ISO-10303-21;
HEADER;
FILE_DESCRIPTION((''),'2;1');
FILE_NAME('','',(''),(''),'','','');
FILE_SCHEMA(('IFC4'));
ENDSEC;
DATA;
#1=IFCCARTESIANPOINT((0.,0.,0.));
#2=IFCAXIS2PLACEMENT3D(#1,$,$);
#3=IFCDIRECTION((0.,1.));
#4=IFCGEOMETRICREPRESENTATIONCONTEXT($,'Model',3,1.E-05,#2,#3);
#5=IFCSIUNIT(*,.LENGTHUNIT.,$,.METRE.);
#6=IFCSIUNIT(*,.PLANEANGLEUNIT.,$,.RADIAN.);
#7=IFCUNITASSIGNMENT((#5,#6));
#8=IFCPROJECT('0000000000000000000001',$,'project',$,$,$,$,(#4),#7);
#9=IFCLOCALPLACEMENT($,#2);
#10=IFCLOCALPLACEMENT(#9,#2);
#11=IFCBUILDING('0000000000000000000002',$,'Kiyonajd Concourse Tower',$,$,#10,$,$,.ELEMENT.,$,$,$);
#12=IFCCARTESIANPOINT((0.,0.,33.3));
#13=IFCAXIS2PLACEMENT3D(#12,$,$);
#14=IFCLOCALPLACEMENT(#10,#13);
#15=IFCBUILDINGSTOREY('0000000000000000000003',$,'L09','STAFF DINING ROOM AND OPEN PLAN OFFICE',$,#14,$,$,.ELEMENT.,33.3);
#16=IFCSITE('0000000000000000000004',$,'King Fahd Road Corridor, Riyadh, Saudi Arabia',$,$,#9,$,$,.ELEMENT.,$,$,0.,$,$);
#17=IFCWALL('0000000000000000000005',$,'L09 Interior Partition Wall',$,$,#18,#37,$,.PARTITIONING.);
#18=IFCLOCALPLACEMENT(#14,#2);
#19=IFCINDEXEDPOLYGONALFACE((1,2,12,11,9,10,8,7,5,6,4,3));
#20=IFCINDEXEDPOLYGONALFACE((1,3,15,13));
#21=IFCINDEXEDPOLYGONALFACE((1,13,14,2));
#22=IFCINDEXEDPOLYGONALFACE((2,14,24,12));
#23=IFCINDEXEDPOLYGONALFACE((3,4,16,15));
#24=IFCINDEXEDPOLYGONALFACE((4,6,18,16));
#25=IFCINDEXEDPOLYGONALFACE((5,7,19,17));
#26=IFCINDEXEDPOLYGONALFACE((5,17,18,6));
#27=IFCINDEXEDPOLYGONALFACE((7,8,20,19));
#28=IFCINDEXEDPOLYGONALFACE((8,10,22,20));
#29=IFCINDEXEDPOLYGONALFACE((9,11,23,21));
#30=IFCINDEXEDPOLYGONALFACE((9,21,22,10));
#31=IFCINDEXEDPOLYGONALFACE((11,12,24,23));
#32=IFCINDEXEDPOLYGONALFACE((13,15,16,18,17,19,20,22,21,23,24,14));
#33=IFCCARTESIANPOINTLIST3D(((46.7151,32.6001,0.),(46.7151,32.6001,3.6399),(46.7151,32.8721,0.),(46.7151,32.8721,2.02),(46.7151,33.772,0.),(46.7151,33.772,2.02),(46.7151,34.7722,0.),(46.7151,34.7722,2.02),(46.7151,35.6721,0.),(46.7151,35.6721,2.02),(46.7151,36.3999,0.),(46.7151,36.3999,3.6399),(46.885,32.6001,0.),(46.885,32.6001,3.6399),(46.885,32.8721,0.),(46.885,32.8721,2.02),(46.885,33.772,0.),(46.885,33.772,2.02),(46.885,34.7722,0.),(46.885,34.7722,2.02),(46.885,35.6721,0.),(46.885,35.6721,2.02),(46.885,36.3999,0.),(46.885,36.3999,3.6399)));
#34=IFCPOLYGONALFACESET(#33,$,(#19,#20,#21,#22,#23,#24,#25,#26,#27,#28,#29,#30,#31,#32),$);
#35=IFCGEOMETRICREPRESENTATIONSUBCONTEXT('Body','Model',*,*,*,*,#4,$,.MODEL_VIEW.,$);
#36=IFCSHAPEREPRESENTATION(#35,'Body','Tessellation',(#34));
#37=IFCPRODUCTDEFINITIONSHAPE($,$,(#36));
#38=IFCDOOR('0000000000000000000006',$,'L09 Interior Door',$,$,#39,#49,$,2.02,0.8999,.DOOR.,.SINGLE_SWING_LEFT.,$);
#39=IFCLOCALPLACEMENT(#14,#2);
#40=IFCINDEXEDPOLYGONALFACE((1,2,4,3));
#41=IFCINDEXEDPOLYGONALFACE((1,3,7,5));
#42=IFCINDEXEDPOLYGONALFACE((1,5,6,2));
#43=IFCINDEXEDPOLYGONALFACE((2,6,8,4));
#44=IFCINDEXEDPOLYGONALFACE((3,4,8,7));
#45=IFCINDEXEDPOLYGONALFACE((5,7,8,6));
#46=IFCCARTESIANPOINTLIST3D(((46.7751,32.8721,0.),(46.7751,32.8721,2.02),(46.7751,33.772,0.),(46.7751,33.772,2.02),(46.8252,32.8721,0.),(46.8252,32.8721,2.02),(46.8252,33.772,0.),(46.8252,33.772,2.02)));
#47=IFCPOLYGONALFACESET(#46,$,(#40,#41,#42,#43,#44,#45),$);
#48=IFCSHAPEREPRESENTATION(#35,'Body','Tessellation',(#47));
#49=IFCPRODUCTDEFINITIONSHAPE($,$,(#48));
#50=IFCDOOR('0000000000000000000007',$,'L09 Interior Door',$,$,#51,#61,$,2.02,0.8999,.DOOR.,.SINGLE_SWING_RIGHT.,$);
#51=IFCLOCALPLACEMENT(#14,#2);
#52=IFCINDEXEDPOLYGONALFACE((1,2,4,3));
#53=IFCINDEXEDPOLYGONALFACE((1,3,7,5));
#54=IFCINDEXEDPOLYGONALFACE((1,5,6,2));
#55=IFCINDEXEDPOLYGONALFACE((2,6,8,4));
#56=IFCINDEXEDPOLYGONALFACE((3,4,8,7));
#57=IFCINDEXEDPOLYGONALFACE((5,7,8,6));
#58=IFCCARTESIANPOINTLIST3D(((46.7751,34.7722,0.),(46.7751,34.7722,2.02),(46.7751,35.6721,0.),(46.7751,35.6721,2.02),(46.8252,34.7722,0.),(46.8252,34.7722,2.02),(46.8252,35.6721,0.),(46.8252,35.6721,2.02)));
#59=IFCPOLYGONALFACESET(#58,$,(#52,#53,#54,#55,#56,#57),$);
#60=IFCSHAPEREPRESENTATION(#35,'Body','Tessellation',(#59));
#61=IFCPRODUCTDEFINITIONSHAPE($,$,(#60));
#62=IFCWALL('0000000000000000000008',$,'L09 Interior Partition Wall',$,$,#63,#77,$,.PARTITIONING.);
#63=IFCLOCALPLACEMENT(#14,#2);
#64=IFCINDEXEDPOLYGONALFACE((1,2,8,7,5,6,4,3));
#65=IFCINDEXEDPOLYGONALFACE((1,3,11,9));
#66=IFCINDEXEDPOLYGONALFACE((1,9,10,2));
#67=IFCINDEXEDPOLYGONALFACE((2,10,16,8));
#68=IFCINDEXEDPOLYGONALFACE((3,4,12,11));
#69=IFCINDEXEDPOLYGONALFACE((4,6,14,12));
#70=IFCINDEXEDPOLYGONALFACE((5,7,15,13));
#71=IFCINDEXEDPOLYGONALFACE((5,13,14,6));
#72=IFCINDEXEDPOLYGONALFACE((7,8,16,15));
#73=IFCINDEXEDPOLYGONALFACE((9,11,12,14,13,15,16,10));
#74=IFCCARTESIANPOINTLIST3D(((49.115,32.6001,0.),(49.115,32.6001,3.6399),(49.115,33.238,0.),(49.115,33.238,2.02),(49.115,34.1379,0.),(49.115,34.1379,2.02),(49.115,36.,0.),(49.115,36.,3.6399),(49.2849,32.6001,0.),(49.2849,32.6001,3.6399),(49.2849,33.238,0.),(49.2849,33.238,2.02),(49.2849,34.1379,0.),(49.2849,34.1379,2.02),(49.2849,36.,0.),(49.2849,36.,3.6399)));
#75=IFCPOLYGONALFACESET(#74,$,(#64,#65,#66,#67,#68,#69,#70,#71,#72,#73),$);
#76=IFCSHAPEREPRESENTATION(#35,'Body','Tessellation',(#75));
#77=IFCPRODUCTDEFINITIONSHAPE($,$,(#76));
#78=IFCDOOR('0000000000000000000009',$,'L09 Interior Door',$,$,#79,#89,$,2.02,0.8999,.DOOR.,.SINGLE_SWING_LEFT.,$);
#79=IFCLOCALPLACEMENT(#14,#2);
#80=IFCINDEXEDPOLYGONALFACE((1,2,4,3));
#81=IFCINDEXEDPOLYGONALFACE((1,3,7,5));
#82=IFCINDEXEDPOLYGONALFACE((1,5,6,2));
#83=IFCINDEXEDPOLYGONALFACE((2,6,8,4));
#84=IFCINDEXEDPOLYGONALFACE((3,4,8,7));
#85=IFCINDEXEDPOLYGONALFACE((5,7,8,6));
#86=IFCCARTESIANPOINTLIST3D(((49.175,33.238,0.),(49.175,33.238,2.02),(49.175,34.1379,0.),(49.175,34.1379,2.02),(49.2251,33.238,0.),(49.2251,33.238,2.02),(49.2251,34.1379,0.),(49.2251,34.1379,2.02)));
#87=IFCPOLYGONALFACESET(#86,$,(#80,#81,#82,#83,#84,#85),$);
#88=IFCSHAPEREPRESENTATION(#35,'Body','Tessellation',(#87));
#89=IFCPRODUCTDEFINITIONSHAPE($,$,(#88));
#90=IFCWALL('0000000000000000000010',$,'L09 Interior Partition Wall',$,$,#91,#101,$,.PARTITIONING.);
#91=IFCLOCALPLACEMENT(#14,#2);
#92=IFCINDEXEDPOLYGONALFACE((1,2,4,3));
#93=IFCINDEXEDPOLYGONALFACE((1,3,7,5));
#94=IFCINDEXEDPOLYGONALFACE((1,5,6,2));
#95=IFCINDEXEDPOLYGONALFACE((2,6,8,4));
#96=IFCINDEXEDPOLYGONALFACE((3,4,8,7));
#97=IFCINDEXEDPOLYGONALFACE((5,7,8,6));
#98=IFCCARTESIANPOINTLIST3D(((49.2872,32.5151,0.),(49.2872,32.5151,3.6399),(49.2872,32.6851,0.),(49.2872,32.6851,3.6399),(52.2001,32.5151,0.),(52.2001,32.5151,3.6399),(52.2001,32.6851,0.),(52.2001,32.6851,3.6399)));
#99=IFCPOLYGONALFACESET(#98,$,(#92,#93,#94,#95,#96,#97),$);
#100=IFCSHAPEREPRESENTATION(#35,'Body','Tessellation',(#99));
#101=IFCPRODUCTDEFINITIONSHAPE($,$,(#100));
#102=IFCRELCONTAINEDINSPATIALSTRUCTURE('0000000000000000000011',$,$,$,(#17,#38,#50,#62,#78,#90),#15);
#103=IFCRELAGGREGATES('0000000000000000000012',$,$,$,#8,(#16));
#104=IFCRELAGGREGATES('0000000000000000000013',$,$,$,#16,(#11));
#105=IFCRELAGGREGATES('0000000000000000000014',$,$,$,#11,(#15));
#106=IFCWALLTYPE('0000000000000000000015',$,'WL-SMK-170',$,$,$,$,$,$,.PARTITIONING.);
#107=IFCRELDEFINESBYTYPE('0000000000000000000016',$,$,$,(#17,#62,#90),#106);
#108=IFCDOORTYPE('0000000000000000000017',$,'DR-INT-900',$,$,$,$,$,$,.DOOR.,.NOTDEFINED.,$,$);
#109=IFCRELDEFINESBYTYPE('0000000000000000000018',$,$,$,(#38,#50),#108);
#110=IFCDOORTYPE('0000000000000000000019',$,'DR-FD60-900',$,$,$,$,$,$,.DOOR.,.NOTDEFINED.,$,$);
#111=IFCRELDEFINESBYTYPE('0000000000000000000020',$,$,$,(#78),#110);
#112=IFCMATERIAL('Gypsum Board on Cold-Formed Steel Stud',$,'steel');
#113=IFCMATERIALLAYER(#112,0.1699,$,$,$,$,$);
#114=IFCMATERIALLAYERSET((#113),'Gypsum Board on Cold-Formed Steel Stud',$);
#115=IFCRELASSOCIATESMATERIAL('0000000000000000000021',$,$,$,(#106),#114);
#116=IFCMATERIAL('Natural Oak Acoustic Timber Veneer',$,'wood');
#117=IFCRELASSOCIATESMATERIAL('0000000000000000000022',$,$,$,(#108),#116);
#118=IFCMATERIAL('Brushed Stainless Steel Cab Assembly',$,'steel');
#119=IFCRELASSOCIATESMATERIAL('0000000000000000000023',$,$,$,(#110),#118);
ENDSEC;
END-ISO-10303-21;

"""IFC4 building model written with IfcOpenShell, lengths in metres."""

from ifc_helpers import new_model, si_unit, direction, frame, frame_2d, origin, place, context, subcontext, project, spatial, rectangle, extrude, material, layer, layer_set, type_object, element, fill, save


model = new_model("IFC4")

# Units and contexts
model_context = context("Model", 3, precision=1e-05, world=origin(), true_north=direction((0.0, 1.0)))
body_context = subcontext(model_context, "Body", "Model", "MODEL_VIEW")
ifc_project = project(units=[si_unit("LENGTHUNIT", "METRE"), si_unit("PLANEANGLEUNIT", "RADIAN")], contexts=[model_context])

# Site, building, storey
site_placement = place(None, origin())
site = spatial("IfcSite", under=ifc_project, at=site_placement, Name="King Fahd Road Corridor, Riyadh, Saudi Arabia", CompositionType="ELEMENT", RefElevation=0.0)
building_placement = place(site_placement, origin())
building = spatial("IfcBuilding", under=site, at=building_placement, Name="Kiyonajd Concourse Tower", CompositionType="ELEMENT")
storey_placement = place(building_placement, frame((0.0, 0.0, 33.3)))
storey = spatial("IfcBuildingStorey", under=building, at=storey_placement, Name="L09", Description="STAFF DINING ROOM AND OPEN PLAN OFFICE", CompositionType="ELEMENT", Elevation=33.3)

# Shared definitions
ifc_material_1 = material(Name="Gypsum Board on Cold-Formed Steel Stud", Category="steel")

# Shared definitions
ifc_material_2 = material(Name="Brushed Stainless Steel Cab Assembly", Category="steel")

# Wall, openings, doors
ifc_layer_1 = layer(ifc_material_1, 0.1699)
ifc_layer_set_1 = layer_set([ifc_layer_1], Name="Gypsum Board on Cold-Formed Steel Stud")
wall_type_1 = type_object("IfcWallType", Name="WL-SMK-170", PredefinedType="PARTITIONING", material=ifc_layer_set_1)
wall_1_placement = place(storey_placement, frame((46.8, 32.6001, 0.0), z_axis=(0.0, 0.0, 1.0), x_axis=(0.0, 1.0, 0.0)))
wall_1 = element("IfcWall", 1, at=wall_1_placement, inside=storey, type_object=wall_type_1, Name="L09 Interior Partition Wall", PredefinedType="PARTITIONING", context=body_context, shape_type="SweptSolid", body=[
    extrude(rectangle(XDim=3.7998, YDim=0.1699, at=frame_2d((1.8999, 0.0))), origin(), (0.0, 0.0, 1.0), 3.6399),
])
opening_1_placement = place(wall_1_placement, frame((0.272, 0.0, 0.0)))
opening_1 = element("IfcOpeningElement", 2, at=opening_1_placement, cuts=wall_1, PredefinedType="OPENING", context=body_context, shape_type="SweptSolid", body=[
    extrude(rectangle(XDim=0.8999, YDim=2.02, at=frame_2d((0.45, 1.01))), frame((0.0, 0.095, 0.0), z_axis=(0.0, -1.0, 0.0), x_axis=(1.0, 0.0, 0.0)), (0.0, 0.0, 1.0), 0.1899),
])
opening_2_placement = place(wall_1_placement, frame((2.1721, 0.0, 0.0)))
opening_2 = element("IfcOpeningElement", 3, at=opening_2_placement, cuts=wall_1, PredefinedType="OPENING", context=body_context, shape_type="SweptSolid", body=[
    extrude(rectangle(XDim=0.8999, YDim=2.02, at=frame_2d((0.45, 1.01))), frame((0.0, 0.095, 0.0), z_axis=(0.0, -1.0, 0.0), x_axis=(1.0, 0.0, 0.0)), (0.0, 0.0, 1.0), 0.1899),
])
ifc_material_3 = material(Name="Natural Oak Acoustic Timber Veneer", Category="wood")
door_type_1 = type_object("IfcDoorType", Name="DR-INT-900", OperationType="NOTDEFINED", PredefinedType="DOOR", material=ifc_material_3)
door_1_placement = place(opening_1_placement, origin())
door_1 = element("IfcDoor", 4, at=door_1_placement, inside=storey, type_object=door_type_1, Name="L09 Interior Door", OperationType="SINGLE_SWING_LEFT", OverallHeight=2.02, OverallWidth=0.8999, PredefinedType="DOOR", context=body_context, shape_type="SweptSolid", body=[
    extrude(rectangle(XDim=0.8999, YDim=2.02, at=frame_2d((0.45, 1.01))), frame((0.0, 0.0249, 0.0), z_axis=(0.0, -1.0, 0.0), x_axis=(1.0, 0.0, 0.0)), (0.0, 0.0, 1.0), 0.05),
])
fill(opening_1, door_1)
door_2_placement = place(opening_2_placement, origin())
door_2 = element("IfcDoor", 5, at=door_2_placement, inside=storey, type_object=door_type_1, Name="L09 Interior Door", OperationType="SINGLE_SWING_RIGHT", OverallHeight=2.02, OverallWidth=0.8999, PredefinedType="DOOR", context=body_context, shape_type="SweptSolid", body=[
    extrude(rectangle(XDim=0.8999, YDim=2.02, at=frame_2d((0.45, 1.01))), frame((0.0, 0.0249, 0.0), z_axis=(0.0, -1.0, 0.0), x_axis=(1.0, 0.0, 0.0)), (0.0, 0.0, 1.0), 0.05),
])
fill(opening_2, door_2)

# Wall, opening, door
wall_2_placement = place(storey_placement, frame((49.2, 32.6001, 0.0), z_axis=(0.0, 0.0, 1.0), x_axis=(0.0, 1.0, 0.0)))
wall_2 = element("IfcWall", 6, at=wall_2_placement, inside=storey, type_object=wall_type_1, Name="L09 Interior Partition Wall", PredefinedType="PARTITIONING", context=body_context, shape_type="SweptSolid", body=[
    extrude(rectangle(XDim=3.3999, YDim=0.1699, at=frame_2d((1.7, 0.0))), origin(), (0.0, 0.0, 1.0), 3.6399),
])
opening_3_placement = place(wall_2_placement, frame((0.6379, 0.0, 0.0)))
opening_3 = element("IfcOpeningElement", 7, at=opening_3_placement, cuts=wall_2, PredefinedType="OPENING", context=body_context, shape_type="SweptSolid", body=[
    extrude(rectangle(XDim=0.8999, YDim=2.02, at=frame_2d((0.45, 1.01))), frame((0.0, 0.095, 0.0), z_axis=(0.0, -1.0, 0.0), x_axis=(1.0, 0.0, 0.0)), (0.0, 0.0, 1.0), 0.1899),
])
door_type_2 = type_object("IfcDoorType", Name="DR-FD60-900", OperationType="NOTDEFINED", PredefinedType="DOOR", material=ifc_material_2)
door_3_placement = place(opening_3_placement, origin())
door_3 = element("IfcDoor", 8, at=door_3_placement, inside=storey, type_object=door_type_2, Name="L09 Interior Door", OperationType="SINGLE_SWING_LEFT", OverallHeight=2.02, OverallWidth=0.8999, PredefinedType="DOOR", context=body_context, shape_type="SweptSolid", body=[
    extrude(rectangle(XDim=0.8999, YDim=2.02, at=frame_2d((0.45, 1.01))), frame((0.0, 0.0249, 0.0), z_axis=(0.0, -1.0, 0.0), x_axis=(1.0, 0.0, 0.0)), (0.0, 0.0, 1.0), 0.05),
])
fill(opening_3, door_3)

# Wall
wall_3_placement = place(storey_placement, frame((49.2871, 32.6001, 0.0), z_axis=(0.0, 0.0, 1.0), x_axis=(1.0, 0.0, 0.0)))
element("IfcWall", 9, at=wall_3_placement, inside=storey, type_object=wall_type_1, Name="L09 Interior Partition Wall", PredefinedType="PARTITIONING", context=body_context, shape_type="SweptSolid", body=[
    extrude(rectangle(XDim=2.9128, YDim=0.1699, at=frame_2d((1.4565, 0.0))), origin(), (0.0, 0.0, 1.0), 3.6399),
])

save(model, "model.ifc")
